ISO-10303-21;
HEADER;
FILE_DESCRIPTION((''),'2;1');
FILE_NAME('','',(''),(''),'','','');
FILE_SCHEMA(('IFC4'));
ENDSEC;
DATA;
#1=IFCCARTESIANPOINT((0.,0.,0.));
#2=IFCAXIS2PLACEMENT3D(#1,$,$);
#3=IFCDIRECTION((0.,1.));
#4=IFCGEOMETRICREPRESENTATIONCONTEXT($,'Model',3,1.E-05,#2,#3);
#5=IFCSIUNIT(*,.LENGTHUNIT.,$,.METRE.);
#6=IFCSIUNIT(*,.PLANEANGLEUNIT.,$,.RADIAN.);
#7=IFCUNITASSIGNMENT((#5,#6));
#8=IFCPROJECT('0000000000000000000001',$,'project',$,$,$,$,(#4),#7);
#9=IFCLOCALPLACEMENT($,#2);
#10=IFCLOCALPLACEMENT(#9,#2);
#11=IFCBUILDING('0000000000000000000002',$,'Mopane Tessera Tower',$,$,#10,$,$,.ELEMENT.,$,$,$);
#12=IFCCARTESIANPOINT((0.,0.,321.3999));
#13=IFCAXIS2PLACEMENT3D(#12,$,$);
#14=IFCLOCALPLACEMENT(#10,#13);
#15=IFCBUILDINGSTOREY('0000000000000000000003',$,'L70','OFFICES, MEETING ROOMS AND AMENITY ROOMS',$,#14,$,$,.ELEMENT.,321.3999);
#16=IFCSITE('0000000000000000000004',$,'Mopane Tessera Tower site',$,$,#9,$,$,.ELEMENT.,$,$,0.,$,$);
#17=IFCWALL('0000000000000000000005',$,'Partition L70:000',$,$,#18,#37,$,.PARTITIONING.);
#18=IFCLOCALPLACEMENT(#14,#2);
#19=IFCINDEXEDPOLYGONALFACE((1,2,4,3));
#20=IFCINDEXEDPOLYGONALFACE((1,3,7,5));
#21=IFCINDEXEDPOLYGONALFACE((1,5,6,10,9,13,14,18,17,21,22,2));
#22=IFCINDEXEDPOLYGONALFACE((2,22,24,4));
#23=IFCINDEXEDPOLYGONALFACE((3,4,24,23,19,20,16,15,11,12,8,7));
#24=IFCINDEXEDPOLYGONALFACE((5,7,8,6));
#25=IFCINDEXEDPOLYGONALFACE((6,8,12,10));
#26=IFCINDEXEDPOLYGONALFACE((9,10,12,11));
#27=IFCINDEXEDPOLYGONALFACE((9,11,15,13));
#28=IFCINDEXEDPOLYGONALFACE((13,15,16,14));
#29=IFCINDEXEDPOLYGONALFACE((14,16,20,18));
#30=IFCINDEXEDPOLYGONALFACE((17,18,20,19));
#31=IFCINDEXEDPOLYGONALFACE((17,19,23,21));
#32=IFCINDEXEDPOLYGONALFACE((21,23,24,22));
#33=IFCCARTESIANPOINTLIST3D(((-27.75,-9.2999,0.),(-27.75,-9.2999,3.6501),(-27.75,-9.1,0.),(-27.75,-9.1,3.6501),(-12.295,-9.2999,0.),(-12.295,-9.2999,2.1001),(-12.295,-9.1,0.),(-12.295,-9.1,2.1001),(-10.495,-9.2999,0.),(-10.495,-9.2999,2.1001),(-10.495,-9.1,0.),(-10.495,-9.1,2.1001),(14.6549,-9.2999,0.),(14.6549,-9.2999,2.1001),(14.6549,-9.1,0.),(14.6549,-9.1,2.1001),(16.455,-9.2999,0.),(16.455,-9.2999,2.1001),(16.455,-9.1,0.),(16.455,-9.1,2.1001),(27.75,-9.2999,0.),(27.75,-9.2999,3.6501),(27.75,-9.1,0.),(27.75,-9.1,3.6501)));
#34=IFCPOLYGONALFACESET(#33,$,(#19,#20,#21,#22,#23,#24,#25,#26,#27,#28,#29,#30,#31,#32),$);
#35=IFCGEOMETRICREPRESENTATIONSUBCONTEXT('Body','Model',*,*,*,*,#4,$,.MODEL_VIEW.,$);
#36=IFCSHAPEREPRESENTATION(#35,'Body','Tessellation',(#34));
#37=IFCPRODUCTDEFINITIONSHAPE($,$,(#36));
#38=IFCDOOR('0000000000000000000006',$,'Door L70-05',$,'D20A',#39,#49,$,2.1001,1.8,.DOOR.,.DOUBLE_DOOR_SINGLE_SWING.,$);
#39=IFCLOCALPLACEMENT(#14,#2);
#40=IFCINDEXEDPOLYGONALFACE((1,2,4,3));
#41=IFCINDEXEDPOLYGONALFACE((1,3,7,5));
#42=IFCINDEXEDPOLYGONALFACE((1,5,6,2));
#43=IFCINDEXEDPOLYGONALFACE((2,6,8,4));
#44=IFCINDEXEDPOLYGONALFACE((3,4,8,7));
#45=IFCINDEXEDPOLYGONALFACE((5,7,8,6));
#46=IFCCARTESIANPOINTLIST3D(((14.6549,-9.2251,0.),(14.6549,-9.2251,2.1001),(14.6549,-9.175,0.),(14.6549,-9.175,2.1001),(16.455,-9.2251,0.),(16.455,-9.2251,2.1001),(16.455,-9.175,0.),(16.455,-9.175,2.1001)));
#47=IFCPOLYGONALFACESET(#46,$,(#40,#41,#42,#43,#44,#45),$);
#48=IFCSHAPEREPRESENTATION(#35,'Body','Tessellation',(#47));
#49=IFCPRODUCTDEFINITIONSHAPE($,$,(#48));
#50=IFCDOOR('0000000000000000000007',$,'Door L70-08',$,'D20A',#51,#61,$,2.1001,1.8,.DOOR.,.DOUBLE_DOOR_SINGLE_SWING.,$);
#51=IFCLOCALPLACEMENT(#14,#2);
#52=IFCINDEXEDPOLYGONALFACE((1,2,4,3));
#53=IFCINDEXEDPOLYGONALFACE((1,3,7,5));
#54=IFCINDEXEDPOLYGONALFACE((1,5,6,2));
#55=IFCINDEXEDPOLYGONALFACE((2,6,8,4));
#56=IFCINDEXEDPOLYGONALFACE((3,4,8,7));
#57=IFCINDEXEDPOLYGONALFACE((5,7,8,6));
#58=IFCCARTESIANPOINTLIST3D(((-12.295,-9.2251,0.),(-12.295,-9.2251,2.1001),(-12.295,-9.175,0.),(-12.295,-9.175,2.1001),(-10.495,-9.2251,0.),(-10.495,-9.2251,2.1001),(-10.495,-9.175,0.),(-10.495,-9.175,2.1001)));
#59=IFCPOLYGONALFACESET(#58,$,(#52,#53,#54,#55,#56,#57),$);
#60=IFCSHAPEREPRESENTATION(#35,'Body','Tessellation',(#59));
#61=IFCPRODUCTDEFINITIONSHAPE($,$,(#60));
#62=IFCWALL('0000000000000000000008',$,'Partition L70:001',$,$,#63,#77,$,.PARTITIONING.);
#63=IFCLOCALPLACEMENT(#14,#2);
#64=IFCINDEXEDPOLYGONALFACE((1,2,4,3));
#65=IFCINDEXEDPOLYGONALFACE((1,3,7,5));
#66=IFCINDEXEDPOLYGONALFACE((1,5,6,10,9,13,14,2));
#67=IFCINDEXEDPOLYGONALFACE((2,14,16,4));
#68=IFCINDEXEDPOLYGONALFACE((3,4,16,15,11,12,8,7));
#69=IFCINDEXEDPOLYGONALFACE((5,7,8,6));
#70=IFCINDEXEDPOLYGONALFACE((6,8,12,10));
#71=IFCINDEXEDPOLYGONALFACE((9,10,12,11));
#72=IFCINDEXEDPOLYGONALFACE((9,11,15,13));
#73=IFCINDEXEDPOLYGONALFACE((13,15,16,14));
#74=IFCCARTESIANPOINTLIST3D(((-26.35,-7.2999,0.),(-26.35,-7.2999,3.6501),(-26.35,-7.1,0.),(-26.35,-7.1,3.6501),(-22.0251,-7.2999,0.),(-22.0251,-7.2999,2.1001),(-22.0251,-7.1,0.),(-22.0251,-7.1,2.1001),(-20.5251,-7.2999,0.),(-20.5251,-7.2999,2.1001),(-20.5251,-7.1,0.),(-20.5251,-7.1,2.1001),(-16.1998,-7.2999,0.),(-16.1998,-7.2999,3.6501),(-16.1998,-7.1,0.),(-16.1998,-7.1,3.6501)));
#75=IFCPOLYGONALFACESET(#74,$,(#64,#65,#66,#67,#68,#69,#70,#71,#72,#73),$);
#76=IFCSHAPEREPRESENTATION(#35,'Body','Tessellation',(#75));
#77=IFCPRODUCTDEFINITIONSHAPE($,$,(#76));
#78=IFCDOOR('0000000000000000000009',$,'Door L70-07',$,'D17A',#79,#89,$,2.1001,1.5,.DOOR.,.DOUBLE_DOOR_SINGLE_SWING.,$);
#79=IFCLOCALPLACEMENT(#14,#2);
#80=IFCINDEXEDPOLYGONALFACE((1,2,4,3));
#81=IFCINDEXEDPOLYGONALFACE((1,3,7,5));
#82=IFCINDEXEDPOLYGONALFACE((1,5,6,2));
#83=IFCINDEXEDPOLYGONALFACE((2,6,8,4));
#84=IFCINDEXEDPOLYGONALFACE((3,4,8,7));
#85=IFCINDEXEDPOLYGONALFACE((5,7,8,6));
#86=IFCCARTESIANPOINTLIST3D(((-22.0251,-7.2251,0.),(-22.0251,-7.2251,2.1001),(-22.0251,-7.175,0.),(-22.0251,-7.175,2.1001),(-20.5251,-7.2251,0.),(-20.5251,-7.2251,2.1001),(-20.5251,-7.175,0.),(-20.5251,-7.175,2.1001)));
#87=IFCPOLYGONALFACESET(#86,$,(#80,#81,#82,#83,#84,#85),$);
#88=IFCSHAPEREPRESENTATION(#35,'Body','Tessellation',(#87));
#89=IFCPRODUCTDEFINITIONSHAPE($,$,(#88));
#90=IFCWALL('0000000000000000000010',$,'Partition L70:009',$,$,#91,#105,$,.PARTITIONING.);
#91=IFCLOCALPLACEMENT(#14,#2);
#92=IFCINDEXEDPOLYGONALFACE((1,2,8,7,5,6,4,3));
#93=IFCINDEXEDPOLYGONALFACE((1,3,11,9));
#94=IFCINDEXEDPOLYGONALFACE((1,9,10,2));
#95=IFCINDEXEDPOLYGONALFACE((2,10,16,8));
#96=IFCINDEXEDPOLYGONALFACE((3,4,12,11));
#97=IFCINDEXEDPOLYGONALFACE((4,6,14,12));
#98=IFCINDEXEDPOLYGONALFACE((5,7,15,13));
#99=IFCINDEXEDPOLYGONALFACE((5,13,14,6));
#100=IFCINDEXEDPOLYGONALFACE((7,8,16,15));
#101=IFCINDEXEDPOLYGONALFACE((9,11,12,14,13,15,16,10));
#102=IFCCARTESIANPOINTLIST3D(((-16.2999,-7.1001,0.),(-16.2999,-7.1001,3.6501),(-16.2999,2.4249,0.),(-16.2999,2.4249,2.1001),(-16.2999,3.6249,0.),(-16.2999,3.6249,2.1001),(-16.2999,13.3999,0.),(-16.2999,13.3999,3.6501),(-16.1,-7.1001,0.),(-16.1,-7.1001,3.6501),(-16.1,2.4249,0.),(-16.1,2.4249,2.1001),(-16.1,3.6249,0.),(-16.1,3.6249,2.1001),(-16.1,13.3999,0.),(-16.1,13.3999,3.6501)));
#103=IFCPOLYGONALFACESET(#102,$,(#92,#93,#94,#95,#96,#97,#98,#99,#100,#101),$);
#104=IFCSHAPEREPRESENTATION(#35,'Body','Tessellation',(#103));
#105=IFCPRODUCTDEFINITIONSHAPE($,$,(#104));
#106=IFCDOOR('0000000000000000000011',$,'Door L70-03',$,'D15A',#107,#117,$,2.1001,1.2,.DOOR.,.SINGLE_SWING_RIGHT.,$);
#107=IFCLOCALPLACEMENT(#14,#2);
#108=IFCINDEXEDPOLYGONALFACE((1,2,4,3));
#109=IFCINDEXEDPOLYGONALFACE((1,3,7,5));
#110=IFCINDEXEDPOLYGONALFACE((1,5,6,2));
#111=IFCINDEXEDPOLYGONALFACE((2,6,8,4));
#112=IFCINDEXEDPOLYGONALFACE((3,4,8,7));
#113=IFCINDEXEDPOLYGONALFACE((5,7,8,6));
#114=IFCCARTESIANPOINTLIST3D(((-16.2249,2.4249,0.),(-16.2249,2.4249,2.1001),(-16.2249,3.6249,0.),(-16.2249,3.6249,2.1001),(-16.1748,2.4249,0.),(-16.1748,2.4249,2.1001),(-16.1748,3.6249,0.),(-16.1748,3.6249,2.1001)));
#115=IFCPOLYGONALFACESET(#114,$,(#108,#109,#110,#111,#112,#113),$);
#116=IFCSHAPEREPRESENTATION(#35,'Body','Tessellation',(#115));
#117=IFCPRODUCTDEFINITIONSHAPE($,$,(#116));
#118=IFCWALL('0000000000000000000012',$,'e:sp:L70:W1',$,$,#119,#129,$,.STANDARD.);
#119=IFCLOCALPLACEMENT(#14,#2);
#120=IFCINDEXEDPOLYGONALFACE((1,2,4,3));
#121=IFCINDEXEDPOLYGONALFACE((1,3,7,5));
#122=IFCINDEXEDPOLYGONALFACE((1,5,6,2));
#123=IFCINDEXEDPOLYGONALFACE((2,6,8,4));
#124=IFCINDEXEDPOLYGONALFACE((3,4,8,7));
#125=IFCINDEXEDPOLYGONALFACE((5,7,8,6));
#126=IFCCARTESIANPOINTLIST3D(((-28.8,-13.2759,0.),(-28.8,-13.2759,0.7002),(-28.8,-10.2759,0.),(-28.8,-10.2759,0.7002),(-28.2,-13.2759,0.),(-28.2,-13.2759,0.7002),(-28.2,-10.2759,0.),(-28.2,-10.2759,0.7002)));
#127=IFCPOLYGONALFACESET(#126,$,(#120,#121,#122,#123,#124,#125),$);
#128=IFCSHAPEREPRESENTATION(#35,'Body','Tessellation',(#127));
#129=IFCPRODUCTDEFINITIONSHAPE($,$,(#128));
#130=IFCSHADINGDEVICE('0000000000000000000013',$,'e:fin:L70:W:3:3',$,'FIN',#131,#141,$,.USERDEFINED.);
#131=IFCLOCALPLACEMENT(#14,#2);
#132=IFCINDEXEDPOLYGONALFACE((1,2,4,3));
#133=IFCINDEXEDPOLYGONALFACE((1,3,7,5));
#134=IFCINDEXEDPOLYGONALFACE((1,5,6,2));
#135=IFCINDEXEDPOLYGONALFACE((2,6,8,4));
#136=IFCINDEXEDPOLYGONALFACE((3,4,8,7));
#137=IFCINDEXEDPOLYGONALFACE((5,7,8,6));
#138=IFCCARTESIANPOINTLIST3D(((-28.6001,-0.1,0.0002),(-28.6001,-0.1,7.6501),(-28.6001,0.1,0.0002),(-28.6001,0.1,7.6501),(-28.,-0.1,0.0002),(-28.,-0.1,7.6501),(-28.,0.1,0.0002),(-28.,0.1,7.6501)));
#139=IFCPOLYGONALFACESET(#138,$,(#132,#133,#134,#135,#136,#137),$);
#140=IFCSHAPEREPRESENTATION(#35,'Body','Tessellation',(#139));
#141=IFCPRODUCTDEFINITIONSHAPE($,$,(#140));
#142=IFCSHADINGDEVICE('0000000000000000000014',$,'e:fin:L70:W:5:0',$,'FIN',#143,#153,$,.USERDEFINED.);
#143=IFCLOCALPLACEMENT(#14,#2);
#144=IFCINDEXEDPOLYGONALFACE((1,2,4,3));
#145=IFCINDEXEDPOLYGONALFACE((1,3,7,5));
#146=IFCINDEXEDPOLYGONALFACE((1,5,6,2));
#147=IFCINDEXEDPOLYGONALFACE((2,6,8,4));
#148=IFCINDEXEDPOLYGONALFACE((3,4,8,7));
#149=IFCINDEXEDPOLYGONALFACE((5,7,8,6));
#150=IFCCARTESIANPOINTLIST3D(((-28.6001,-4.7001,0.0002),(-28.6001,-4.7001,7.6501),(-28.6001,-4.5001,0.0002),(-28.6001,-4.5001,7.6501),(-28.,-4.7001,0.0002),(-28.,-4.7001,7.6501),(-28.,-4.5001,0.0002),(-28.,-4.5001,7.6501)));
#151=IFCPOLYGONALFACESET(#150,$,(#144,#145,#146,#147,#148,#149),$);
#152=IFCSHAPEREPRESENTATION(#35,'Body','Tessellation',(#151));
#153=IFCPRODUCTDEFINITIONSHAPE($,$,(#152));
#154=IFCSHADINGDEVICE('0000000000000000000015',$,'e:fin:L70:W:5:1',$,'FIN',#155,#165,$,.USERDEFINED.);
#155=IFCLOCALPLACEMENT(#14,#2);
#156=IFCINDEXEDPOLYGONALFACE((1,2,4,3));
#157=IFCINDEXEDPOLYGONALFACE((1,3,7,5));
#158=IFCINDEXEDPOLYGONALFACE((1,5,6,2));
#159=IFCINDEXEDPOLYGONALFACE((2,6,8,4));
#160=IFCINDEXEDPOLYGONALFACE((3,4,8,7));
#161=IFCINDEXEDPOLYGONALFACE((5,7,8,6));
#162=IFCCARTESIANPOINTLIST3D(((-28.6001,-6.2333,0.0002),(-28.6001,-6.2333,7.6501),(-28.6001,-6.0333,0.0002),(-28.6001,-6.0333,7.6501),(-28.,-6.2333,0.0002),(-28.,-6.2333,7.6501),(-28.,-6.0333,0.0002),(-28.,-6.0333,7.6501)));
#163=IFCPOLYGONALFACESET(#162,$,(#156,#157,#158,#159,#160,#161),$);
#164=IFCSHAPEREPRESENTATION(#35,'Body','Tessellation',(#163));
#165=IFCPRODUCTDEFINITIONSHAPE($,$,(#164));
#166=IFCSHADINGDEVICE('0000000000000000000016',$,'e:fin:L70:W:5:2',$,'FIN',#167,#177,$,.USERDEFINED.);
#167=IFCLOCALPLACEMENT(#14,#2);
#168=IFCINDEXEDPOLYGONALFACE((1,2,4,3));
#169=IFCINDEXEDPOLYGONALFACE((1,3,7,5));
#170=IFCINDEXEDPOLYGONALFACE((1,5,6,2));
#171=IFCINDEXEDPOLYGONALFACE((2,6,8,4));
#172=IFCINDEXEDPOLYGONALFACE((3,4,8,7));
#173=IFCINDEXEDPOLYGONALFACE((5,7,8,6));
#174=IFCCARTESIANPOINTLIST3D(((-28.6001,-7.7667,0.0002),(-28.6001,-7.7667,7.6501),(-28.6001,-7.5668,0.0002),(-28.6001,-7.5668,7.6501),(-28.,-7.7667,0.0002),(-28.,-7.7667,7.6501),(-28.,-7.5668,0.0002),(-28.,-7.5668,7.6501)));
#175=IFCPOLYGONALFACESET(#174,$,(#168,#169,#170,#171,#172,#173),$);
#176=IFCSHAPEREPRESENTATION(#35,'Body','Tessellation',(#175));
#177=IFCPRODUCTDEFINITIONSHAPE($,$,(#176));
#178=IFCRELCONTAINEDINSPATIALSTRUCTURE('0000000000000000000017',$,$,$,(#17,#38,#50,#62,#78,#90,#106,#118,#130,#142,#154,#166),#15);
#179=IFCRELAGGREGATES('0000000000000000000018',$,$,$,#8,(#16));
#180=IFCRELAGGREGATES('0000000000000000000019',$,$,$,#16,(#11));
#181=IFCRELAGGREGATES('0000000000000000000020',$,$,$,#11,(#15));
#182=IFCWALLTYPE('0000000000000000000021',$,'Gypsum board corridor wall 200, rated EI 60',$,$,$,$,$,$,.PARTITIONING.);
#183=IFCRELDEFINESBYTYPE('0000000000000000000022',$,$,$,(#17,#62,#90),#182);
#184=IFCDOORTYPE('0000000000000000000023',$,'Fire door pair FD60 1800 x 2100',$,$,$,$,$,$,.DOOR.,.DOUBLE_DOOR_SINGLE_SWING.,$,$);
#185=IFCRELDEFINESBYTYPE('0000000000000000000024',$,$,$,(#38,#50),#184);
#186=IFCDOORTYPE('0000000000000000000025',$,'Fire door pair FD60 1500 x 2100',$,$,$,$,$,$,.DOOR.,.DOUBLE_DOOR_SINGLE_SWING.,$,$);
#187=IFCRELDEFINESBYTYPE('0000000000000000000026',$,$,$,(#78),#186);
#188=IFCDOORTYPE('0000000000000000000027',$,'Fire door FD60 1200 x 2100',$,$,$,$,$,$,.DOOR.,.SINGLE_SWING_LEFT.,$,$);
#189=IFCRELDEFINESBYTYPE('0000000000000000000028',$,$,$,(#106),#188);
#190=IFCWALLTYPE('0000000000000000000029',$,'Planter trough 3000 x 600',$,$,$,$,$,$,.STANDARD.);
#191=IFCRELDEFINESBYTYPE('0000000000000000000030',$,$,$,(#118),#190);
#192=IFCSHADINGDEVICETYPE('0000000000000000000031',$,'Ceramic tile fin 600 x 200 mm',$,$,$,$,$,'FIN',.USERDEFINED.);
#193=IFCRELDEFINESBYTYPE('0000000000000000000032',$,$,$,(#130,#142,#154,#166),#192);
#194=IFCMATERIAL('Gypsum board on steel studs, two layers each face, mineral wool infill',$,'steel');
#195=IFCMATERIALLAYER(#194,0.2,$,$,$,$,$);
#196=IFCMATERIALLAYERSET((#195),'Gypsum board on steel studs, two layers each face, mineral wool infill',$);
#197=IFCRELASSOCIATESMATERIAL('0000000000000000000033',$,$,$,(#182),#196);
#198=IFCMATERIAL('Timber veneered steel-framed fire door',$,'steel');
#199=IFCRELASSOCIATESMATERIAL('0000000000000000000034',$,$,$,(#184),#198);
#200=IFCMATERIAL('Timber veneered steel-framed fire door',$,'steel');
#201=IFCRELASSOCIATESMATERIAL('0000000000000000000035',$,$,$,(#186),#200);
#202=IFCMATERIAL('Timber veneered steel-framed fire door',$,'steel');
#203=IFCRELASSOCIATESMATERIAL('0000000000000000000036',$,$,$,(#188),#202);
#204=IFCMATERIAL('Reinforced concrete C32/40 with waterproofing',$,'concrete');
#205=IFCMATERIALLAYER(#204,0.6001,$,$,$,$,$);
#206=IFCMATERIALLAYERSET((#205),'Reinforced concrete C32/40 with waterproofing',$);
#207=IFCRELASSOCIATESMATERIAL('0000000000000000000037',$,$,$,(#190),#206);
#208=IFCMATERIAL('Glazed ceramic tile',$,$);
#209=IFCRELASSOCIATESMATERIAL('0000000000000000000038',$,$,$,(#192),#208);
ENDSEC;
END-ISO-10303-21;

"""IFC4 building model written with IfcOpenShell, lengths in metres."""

from ifc_helpers import new_model, si_unit, direction, frame, frame_2d, origin, origin_2d, place, context, subcontext, project, spatial, rectangle, extrude, material, layer, layer_set, type_object, element, fill, save


model = new_model("IFC4")

# Units and contexts
model_context = context("Model", 3, precision=1e-05, world=origin(), true_north=direction((0.0, 1.0)))
body_context = subcontext(model_context, "Body", "Model", "MODEL_VIEW")
ifc_project = project(units=[si_unit("LENGTHUNIT", "METRE"), si_unit("PLANEANGLEUNIT", "RADIAN")], contexts=[model_context])

# Site, building, storey
site_placement = place(None, origin())
site = spatial("IfcSite", under=ifc_project, at=site_placement, Name="Mopane Tessera Tower site", CompositionType="ELEMENT", RefElevation=0.0)
building_placement = place(site_placement, origin())
building = spatial("IfcBuilding", under=site, at=building_placement, Name="Mopane Tessera Tower", CompositionType="ELEMENT")
storey_placement = place(building_placement, frame((0.0, 0.0, 321.3999)))
storey = spatial("IfcBuildingStorey", under=building, at=storey_placement, Name="L70", Description="OFFICES, MEETING ROOMS AND AMENITY ROOMS", CompositionType="ELEMENT", Elevation=321.3999)

# Wall, openings, doors
ifc_material_1 = material(Name="Gypsum board on steel studs, two layers each face, mineral wool infill", Category="steel")
ifc_layer_1 = layer(ifc_material_1, 0.2)
ifc_layer_set_1 = layer_set([ifc_layer_1], Name="Gypsum board on steel studs, two layers each face, mineral wool infill")
wall_type_1 = type_object("IfcWallType", Name="Gypsum board corridor wall 200, rated EI 60", PredefinedType="PARTITIONING", material=ifc_layer_set_1)
wall_1_placement = place(storey_placement, frame((-27.75, -9.2, 0.0), z_axis=(0.0, 0.0, 1.0), x_axis=(1.0, 0.0, 0.0)))
wall_1 = element("IfcWall", 1, at=wall_1_placement, inside=storey, type_object=wall_type_1, Name="Partition L70:000", PredefinedType="PARTITIONING", context=body_context, shape_type="SweptSolid", body=[
    extrude(rectangle(XDim=55.5, YDim=0.2, at=frame_2d((27.75, 0.0))), origin(), (0.0, 0.0, 1.0), 3.6501),
])
opening_1_placement = place(wall_1_placement, frame((42.405, 0.0, 0.0)))
opening_1 = element("IfcOpeningElement", 2, at=opening_1_placement, cuts=wall_1, PredefinedType="OPENING", context=body_context, shape_type="SweptSolid", body=[
    extrude(rectangle(XDim=1.8, YDim=2.1001, at=frame_2d((0.8999, 1.05))), frame((0.0, 0.1121, 0.0), z_axis=(0.0, -1.0, 0.0), x_axis=(1.0, 0.0, 0.0)), (0.0, 0.0, 1.0), 0.2239),
])
opening_2_placement = place(wall_1_placement, frame((15.4551, 0.0, 0.0)))
opening_2 = element("IfcOpeningElement", 3, at=opening_2_placement, cuts=wall_1, PredefinedType="OPENING", context=body_context, shape_type="SweptSolid", body=[
    extrude(rectangle(XDim=1.8, YDim=2.1001, at=frame_2d((0.8999, 1.05))), frame((0.0, 0.1121, 0.0), z_axis=(0.0, -1.0, 0.0), x_axis=(1.0, 0.0, 0.0)), (0.0, 0.0, 1.0), 0.2239),
])
ifc_material_2 = material(Name="Timber veneered steel-framed fire door", Category="steel")
door_type_1 = type_object("IfcDoorType", Name="Fire door pair FD60 1800 x 2100", OperationType="DOUBLE_DOOR_SINGLE_SWING", PredefinedType="DOOR", material=ifc_material_2)
door_1_placement = place(opening_1_placement, origin())
door_1 = element("IfcDoor", 4, at=door_1_placement, inside=storey, type_object=door_type_1, Name="Door L70-05", ObjectType="D20A", OperationType="DOUBLE_DOOR_SINGLE_SWING", OverallHeight=2.1001, OverallWidth=1.8, PredefinedType="DOOR", context=body_context, shape_type="SweptSolid", body=[
    extrude(rectangle(XDim=1.8, YDim=2.1001, at=frame_2d((0.8999, 1.05))), frame((0.0, 0.0249, 0.0), z_axis=(0.0, -1.0, 0.0), x_axis=(1.0, 0.0, 0.0)), (0.0, 0.0, 1.0), 0.05),
])
fill(opening_1, door_1)
door_2_placement = place(opening_2_placement, origin())
door_2 = element("IfcDoor", 5, at=door_2_placement, inside=storey, type_object=door_type_1, Name="Door L70-08", ObjectType="D20A", OperationType="DOUBLE_DOOR_SINGLE_SWING", OverallHeight=2.1001, OverallWidth=1.8, PredefinedType="DOOR", context=body_context, shape_type="SweptSolid", body=[
    extrude(rectangle(XDim=1.8, YDim=2.1001, at=frame_2d((0.8999, 1.05))), frame((0.0, 0.0249, 0.0), z_axis=(0.0, -1.0, 0.0), x_axis=(1.0, 0.0, 0.0)), (0.0, 0.0, 1.0), 0.05),
])
fill(opening_2, door_2)

# Walls, openings, doors
wall_2_placement = place(storey_placement, frame((-26.3501, -7.2, 0.0), z_axis=(0.0, 0.0, 1.0), x_axis=(1.0, 0.0, 0.0)))
wall_2 = element("IfcWall", 6, at=wall_2_placement, inside=storey, type_object=wall_type_1, Name="Partition L70:001", PredefinedType="PARTITIONING", context=body_context, shape_type="SweptSolid", body=[
    extrude(rectangle(XDim=10.1501, YDim=0.2, at=frame_2d((5.0752, 0.0))), origin(), (0.0, 0.0, 1.0), 3.6501),
])
opening_3_placement = place(wall_2_placement, frame((4.325, 0.0, 0.0)))
opening_3 = element("IfcOpeningElement", 7, at=opening_3_placement, cuts=wall_2, PredefinedType="OPENING", context=body_context, shape_type="SweptSolid", body=[
    extrude(rectangle(XDim=1.5, YDim=2.1001, at=frame_2d((0.75, 1.05))), frame((0.0, 0.1121, 0.0), z_axis=(0.0, -1.0, 0.0), x_axis=(1.0, 0.0, 0.0)), (0.0, 0.0, 1.0), 0.2239),
])
ifc_material_3 = material(Name="Timber veneered steel-framed fire door", Category="steel")
door_type_2 = type_object("IfcDoorType", Name="Fire door pair FD60 1500 x 2100", OperationType="DOUBLE_DOOR_SINGLE_SWING", PredefinedType="DOOR", material=ifc_material_3)
door_3_placement = place(opening_3_placement, origin())
door_3 = element("IfcDoor", 8, at=door_3_placement, inside=storey, type_object=door_type_2, Name="Door L70-07", ObjectType="D17A", OperationType="DOUBLE_DOOR_SINGLE_SWING", OverallHeight=2.1001, OverallWidth=1.5, PredefinedType="DOOR", context=body_context, shape_type="SweptSolid", body=[
    extrude(rectangle(XDim=1.5, YDim=2.1001, at=frame_2d((0.75, 1.05))), frame((0.0, 0.0249, 0.0), z_axis=(0.0, -1.0, 0.0), x_axis=(1.0, 0.0, 0.0)), (0.0, 0.0, 1.0), 0.05),
])
fill(opening_3, door_3)
wall_3_placement = place(storey_placement, frame((-16.2, -7.1001, 0.0), z_axis=(0.0, 0.0, 1.0), x_axis=(0.0, 1.0, 0.0)))
wall_3 = element("IfcWall", 9, at=wall_3_placement, inside=storey, type_object=wall_type_1, Name="Partition L70:009", PredefinedType="PARTITIONING", context=body_context, shape_type="SweptSolid", body=[
    extrude(rectangle(XDim=20.5, YDim=0.2, at=frame_2d((10.25, 0.0))), origin(), (0.0, 0.0, 1.0), 3.6501),
])
opening_4_placement = place(wall_3_placement, frame((9.5249, 0.0, 0.0)))
opening_4 = element("IfcOpeningElement", 10, at=opening_4_placement, cuts=wall_3, PredefinedType="OPENING", context=body_context, shape_type="SweptSolid", body=[
    extrude(rectangle(XDim=1.2, YDim=2.1001, at=frame_2d((0.6001, 1.05))), frame((0.0, 0.1121, 0.0), z_axis=(0.0, -1.0, 0.0), x_axis=(1.0, 0.0, 0.0)), (0.0, 0.0, 1.0), 0.2239),
])
ifc_material_4 = material(Name="Timber veneered steel-framed fire door", Category="steel")
door_type_3 = type_object("IfcDoorType", Name="Fire door FD60 1200 x 2100", OperationType="SINGLE_SWING_LEFT", PredefinedType="DOOR", material=ifc_material_4)
door_4_placement = place(opening_4_placement, origin())
door_4 = element("IfcDoor", 11, at=door_4_placement, inside=storey, type_object=door_type_3, Name="Door L70-03", ObjectType="D15A", OperationType="SINGLE_SWING_RIGHT", OverallHeight=2.1001, OverallWidth=1.2, PredefinedType="DOOR", context=body_context, shape_type="SweptSolid", body=[
    extrude(rectangle(XDim=1.2, YDim=2.1001, at=frame_2d((0.6001, 1.05))), frame((0.0, 0.0249, 0.0), z_axis=(0.0, -1.0, 0.0), x_axis=(1.0, 0.0, 0.0)), (0.0, 0.0, 1.0), 0.05),
])
fill(opening_4, door_4)

# Wall
ifc_material_5 = material(Name="Reinforced concrete C32/40 with waterproofing", Category="concrete")
ifc_layer_2 = layer(ifc_material_5, 0.6001)
ifc_layer_set_2 = layer_set([ifc_layer_2], Name="Reinforced concrete C32/40 with waterproofing")
wall_type_2 = type_object("IfcWallType", Name="Planter trough 3000 x 600", PredefinedType="STANDARD", material=ifc_layer_set_2)
wall_4_placement = place(storey_placement, frame((-28.5, -10.2759, 0.0), z_axis=(0.0, 0.0, 1.0), x_axis=(0.0, -1.0, 0.0)))
element("IfcWall", 12, at=wall_4_placement, inside=storey, type_object=wall_type_2, Name="e:sp:L70:W1", PredefinedType="STANDARD", context=body_context, shape_type="SweptSolid", body=[
    extrude(rectangle(XDim=3.0, YDim=0.6001, at=frame_2d((1.5, 0.0))), origin(), (0.0, 0.0, 1.0), 0.7002),
])

# Shading devices
ifc_material_6 = material(Name="Glazed ceramic tile")
shading_device_type = type_object("IfcShadingDeviceType", Name="Ceramic tile fin 600 x 200 mm", ElementType="FIN", PredefinedType="USERDEFINED", material=ifc_material_6)
for number, where, z_axis, x_axis, name in (
    (13, (-28.3, 0.0, 0.0002), (0.0, 0.0, 1.0), (0.0, -1.0, 0.0), "e:fin:L70:W:3:3"),
    (14, (-28.3, -4.6001, 0.0002), (0.0, 0.0, 1.0), (0.0, -1.0, 0.0), "e:fin:L70:W:5:0"),
    (15, (-28.3, -6.1333, 0.0002), (0.0, 0.0, 1.0), (0.0, -1.0, 0.0), "e:fin:L70:W:5:1"),
    (16, (-28.3, -7.6667, 0.0002), (0.0, 0.0, 1.0), (0.0, -1.0, 0.0), "e:fin:L70:W:5:2"),
):
    element("IfcShadingDevice", number, at=place(storey_placement, frame(where, z_axis=z_axis, x_axis=x_axis)), inside=storey, type_object=shading_device_type, Name=name, ObjectType="FIN", PredefinedType="USERDEFINED", context=body_context, shape_type="SweptSolid", body=[
        extrude(rectangle(XDim=0.2, YDim=0.6001, at=origin_2d()), origin(), (0.0, 0.0, 1.0), 7.6499),
    ])

save(model, "model.ifc")
